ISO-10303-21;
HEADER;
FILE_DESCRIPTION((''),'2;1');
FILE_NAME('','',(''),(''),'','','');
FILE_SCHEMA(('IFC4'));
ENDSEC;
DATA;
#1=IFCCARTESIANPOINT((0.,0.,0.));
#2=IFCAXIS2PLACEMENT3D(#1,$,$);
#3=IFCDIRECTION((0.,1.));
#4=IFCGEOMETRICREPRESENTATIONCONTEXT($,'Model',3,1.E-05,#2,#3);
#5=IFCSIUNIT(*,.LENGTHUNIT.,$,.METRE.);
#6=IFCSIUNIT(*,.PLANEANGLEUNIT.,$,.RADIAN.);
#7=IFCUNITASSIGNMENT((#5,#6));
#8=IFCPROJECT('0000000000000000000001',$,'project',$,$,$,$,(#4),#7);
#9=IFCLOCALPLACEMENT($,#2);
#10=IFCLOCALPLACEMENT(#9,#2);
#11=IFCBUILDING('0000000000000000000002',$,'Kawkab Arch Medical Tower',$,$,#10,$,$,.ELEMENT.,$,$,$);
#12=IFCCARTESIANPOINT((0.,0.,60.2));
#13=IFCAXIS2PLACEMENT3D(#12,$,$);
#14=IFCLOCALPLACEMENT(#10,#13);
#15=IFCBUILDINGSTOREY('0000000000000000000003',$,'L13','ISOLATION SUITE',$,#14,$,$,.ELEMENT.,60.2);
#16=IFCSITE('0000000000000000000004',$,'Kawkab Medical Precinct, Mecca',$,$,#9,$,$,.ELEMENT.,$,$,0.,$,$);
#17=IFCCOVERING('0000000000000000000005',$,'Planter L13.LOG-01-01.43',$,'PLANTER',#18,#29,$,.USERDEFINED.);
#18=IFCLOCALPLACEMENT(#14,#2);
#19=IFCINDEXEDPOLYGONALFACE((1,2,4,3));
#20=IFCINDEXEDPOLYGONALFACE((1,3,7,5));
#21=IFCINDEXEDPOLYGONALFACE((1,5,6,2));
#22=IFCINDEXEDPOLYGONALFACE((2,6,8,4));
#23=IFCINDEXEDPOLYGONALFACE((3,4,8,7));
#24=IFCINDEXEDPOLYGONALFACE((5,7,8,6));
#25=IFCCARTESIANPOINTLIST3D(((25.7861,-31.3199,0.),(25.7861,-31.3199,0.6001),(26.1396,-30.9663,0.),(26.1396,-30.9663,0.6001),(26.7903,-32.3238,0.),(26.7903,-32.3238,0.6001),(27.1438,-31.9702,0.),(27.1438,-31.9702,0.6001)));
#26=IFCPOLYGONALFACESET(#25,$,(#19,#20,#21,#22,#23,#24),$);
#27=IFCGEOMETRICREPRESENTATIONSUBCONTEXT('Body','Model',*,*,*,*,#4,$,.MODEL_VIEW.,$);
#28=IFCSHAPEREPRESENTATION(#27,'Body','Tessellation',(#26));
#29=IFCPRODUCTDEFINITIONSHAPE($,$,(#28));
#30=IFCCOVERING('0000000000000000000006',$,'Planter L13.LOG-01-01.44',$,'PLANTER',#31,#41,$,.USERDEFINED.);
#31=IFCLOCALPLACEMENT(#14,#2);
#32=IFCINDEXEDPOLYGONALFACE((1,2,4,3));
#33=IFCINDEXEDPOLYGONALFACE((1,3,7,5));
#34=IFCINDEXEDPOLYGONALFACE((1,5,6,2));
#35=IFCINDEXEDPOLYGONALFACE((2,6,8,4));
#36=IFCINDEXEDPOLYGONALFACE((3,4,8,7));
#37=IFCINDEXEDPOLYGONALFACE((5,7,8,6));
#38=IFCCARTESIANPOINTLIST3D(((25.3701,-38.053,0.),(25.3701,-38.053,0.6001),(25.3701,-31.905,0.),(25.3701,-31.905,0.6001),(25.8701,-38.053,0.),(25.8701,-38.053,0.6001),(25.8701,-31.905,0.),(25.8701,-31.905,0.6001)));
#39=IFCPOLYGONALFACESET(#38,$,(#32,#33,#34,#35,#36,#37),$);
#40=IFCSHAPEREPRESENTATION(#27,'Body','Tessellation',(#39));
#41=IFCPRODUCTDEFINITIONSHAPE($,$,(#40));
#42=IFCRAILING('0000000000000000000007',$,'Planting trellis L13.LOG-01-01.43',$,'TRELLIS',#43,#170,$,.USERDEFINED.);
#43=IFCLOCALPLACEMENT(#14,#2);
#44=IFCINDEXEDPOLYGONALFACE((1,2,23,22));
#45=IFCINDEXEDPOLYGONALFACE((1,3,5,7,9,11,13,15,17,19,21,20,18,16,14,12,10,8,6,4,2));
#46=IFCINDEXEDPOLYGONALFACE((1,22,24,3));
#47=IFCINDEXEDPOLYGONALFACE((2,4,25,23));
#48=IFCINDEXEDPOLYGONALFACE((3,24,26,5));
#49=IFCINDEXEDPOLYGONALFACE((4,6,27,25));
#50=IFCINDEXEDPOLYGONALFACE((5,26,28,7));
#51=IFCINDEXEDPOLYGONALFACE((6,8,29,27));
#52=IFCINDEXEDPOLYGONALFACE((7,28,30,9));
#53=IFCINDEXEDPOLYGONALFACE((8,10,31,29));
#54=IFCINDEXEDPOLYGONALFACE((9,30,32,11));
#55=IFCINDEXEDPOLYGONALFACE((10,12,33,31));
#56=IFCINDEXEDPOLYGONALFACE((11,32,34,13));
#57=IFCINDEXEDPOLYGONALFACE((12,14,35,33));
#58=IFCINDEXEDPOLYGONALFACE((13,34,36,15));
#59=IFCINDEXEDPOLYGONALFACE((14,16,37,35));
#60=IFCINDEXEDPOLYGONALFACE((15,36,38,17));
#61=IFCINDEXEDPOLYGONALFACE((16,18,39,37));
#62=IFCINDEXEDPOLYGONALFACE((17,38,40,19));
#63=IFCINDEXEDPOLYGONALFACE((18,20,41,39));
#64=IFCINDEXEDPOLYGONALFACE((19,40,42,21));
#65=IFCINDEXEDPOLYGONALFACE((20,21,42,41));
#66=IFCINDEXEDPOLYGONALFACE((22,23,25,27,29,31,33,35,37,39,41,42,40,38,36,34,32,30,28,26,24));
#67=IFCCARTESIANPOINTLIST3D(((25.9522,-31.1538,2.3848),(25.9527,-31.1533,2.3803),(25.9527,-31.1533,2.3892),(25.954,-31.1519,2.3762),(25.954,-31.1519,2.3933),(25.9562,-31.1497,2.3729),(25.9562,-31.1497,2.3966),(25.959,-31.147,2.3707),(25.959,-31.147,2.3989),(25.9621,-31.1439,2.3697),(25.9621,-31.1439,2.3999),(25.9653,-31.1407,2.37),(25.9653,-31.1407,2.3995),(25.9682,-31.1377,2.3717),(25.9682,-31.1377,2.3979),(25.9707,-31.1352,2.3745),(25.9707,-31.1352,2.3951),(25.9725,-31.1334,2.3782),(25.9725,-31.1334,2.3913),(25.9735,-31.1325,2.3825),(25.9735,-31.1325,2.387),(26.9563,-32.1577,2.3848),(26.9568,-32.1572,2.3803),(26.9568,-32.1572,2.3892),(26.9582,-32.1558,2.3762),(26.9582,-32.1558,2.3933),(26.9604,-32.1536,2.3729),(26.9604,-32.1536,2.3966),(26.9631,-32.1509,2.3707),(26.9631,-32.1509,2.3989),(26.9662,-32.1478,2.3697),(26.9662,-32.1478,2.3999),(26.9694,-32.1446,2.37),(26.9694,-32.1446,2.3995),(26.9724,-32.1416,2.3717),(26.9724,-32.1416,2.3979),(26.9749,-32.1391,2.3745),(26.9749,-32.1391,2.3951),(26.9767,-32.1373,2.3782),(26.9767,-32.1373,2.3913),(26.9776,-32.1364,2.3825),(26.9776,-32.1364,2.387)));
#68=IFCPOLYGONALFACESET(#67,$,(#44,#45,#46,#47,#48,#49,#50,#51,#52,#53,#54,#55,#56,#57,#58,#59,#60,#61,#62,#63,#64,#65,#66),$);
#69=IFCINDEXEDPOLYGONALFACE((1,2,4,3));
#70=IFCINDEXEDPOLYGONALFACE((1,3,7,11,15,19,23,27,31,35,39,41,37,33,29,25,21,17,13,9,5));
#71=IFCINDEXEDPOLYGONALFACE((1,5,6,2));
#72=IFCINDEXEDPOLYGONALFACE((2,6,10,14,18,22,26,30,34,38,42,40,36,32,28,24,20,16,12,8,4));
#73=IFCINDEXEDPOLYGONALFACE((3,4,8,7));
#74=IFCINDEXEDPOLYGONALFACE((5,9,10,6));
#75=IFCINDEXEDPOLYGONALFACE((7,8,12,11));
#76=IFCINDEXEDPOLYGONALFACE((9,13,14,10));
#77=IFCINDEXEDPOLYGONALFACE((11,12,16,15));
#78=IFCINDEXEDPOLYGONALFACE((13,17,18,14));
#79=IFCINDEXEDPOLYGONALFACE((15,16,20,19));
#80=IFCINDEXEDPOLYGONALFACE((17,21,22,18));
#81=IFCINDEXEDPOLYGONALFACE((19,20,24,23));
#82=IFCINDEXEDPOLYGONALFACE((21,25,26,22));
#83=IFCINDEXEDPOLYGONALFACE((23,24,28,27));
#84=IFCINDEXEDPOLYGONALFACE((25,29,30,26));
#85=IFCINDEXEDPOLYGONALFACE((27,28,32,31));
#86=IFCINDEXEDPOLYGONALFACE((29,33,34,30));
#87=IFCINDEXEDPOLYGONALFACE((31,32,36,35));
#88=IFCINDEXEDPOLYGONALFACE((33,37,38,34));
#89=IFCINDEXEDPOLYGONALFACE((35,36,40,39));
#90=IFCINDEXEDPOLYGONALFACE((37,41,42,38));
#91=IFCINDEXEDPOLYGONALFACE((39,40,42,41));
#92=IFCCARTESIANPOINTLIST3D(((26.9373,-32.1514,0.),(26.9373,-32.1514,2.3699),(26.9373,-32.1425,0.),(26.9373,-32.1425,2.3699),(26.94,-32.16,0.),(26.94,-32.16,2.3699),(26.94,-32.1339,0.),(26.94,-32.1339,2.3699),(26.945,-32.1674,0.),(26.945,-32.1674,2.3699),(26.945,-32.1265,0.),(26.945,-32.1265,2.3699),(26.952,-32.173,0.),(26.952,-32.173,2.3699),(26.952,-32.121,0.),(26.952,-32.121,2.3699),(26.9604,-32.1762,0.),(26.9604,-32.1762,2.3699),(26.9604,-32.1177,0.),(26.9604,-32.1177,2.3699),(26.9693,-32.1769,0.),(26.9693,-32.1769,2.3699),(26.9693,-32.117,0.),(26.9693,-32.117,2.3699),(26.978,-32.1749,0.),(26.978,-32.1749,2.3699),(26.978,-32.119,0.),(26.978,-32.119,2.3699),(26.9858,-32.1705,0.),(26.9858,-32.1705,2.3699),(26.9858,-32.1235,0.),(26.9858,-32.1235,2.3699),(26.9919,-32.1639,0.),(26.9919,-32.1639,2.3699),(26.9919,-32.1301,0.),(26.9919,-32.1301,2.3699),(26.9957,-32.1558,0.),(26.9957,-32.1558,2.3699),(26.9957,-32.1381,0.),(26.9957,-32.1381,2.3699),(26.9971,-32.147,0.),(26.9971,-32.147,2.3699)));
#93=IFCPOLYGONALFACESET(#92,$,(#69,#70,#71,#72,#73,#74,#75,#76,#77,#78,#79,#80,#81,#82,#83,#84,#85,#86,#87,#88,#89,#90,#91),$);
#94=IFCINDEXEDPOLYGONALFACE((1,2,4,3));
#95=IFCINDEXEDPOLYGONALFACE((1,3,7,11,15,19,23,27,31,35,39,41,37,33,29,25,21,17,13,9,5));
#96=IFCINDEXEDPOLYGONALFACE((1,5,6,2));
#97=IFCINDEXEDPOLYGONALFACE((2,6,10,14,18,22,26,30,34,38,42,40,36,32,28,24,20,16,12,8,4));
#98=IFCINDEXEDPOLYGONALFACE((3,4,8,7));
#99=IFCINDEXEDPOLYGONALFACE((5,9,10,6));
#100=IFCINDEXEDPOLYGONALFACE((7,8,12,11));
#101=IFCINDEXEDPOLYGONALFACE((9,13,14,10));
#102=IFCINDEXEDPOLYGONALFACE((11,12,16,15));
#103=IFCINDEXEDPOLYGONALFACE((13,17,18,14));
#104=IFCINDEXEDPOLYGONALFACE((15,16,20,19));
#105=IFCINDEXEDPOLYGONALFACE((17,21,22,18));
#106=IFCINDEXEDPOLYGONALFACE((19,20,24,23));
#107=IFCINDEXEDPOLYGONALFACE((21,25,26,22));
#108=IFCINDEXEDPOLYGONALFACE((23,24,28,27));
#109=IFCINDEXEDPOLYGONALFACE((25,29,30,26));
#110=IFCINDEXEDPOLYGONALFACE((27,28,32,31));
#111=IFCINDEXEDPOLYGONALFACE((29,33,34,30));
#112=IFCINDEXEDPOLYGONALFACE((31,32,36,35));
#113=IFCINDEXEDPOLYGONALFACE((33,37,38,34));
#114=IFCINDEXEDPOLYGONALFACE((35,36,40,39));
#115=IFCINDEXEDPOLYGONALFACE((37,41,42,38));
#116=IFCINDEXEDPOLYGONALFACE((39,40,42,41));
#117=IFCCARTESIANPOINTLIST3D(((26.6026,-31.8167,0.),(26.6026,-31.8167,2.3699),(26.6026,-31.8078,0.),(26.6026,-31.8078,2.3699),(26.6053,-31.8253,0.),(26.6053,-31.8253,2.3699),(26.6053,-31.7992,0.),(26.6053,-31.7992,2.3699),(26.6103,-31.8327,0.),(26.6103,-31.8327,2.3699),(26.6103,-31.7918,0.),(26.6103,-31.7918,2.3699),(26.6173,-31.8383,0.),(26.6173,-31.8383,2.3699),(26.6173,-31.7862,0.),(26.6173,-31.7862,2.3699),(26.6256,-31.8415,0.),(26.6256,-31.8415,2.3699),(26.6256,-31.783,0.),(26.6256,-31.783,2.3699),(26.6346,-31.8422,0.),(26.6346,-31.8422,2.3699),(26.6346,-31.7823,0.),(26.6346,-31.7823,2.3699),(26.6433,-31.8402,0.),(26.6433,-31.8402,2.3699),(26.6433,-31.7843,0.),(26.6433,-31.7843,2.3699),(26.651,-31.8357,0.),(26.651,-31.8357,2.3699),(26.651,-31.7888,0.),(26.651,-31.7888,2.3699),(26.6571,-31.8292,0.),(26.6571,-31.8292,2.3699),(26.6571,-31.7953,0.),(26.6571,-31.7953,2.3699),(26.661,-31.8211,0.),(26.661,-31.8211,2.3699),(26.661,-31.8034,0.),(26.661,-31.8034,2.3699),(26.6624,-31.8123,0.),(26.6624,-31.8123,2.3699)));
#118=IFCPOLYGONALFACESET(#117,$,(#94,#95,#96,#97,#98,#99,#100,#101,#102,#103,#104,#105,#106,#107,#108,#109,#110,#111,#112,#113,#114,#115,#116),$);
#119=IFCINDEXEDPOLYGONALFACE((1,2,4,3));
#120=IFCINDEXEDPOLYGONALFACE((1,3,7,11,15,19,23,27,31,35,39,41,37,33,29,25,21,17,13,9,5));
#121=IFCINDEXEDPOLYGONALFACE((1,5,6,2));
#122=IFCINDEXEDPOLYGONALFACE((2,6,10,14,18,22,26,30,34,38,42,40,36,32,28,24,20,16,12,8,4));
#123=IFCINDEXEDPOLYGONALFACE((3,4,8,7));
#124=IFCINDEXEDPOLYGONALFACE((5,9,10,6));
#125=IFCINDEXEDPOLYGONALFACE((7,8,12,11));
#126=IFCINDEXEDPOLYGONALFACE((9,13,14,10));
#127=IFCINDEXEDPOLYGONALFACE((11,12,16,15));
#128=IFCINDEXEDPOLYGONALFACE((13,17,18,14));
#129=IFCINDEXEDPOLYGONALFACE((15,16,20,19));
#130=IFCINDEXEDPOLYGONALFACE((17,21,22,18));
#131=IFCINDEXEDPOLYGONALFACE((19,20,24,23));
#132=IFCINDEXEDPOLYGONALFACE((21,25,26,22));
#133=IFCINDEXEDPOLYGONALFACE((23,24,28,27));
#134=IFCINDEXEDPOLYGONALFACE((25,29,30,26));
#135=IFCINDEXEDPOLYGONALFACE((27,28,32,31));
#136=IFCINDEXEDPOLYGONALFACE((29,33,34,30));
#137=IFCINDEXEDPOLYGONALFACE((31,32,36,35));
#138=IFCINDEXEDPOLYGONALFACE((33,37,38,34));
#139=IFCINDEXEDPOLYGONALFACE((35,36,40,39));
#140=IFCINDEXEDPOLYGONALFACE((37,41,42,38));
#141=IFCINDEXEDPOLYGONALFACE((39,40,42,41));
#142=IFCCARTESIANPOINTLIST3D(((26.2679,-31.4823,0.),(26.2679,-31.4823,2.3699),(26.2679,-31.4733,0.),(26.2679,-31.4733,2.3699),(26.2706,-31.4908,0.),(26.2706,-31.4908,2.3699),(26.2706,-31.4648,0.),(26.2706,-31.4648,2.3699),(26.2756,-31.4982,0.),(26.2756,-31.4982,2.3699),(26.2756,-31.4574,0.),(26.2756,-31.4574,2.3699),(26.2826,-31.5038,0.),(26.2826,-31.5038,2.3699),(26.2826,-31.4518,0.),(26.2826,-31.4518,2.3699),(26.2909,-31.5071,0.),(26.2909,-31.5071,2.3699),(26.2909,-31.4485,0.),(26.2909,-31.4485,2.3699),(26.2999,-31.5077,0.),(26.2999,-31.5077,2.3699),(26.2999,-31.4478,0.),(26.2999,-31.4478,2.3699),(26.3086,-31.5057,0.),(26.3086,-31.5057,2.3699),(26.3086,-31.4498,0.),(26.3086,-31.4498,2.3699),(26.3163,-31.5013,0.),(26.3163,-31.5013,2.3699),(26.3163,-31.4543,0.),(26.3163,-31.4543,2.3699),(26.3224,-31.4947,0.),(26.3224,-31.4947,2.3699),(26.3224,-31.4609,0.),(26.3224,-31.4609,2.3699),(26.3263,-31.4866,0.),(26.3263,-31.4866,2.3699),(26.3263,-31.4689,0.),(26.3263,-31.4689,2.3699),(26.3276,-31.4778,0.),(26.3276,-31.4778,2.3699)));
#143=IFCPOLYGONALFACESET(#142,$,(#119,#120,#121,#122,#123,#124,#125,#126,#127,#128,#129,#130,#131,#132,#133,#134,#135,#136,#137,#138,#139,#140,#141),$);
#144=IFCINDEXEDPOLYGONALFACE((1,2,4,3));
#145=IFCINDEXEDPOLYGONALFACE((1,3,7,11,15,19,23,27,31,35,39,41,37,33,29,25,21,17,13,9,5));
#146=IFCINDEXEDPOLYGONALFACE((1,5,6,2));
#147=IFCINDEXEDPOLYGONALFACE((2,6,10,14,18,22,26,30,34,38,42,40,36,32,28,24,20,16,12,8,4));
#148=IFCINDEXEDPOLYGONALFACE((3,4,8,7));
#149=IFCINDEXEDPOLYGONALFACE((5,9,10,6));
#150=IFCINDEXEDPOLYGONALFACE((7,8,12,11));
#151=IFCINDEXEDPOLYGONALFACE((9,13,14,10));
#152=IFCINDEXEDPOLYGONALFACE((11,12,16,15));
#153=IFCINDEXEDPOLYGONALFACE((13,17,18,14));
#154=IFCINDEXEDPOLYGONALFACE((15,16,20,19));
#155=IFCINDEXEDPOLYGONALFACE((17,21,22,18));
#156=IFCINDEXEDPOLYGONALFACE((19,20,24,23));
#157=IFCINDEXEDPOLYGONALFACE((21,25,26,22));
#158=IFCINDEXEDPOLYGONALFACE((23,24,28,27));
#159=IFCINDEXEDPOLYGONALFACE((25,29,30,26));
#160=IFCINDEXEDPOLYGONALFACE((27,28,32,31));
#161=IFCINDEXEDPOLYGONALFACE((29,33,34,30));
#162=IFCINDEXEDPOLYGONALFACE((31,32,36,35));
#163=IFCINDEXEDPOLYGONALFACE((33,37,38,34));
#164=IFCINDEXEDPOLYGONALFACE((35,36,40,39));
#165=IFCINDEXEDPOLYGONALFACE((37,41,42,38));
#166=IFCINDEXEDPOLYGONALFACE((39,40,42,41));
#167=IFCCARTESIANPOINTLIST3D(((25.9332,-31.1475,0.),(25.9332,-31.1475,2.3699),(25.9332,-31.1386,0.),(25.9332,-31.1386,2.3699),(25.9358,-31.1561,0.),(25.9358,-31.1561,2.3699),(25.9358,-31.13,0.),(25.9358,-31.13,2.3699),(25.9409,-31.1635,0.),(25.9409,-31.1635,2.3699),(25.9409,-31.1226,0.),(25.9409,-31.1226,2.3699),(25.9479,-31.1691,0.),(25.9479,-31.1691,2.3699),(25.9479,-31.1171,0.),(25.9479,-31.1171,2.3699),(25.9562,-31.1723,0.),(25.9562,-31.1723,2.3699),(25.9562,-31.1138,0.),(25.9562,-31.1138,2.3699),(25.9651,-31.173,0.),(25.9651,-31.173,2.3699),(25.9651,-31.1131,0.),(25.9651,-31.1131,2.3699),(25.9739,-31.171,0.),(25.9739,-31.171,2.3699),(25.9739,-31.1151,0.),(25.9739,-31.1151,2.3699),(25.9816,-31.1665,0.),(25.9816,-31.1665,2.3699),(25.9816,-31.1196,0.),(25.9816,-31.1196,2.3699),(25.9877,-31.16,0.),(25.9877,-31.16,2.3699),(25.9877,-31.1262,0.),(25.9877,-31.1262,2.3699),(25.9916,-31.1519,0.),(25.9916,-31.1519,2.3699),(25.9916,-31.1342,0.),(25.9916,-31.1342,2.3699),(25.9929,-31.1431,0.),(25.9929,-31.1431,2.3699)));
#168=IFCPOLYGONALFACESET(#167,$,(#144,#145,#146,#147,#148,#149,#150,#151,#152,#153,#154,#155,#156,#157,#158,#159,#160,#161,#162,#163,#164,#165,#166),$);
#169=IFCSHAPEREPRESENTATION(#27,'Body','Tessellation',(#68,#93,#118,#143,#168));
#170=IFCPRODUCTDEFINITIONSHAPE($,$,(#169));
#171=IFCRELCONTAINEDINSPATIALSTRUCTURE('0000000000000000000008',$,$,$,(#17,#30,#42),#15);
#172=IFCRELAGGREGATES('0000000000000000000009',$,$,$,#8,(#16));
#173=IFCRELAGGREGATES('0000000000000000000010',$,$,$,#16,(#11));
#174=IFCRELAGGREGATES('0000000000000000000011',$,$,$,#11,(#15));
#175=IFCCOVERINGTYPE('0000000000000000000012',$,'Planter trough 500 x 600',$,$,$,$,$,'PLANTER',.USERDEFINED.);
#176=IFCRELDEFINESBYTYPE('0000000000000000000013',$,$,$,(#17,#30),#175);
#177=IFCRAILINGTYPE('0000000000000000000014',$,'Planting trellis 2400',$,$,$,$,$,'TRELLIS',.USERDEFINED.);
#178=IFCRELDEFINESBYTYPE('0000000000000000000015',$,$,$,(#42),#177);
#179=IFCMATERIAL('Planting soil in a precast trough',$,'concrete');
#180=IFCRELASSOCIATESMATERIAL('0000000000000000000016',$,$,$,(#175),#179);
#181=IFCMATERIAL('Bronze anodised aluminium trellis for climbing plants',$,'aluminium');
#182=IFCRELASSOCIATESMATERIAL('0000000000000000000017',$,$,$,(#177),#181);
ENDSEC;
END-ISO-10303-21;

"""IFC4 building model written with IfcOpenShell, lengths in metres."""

from ifc_helpers import new_model, si_unit, direction, frame, origin, origin_2d, place, context, subcontext, project, spatial, rectangle, circle, extrude, material, material_profile, profile_set, type_object, element, save


model = new_model("IFC4")

# Units and contexts
model_context = context("Model", 3, precision=1e-05, world=origin(), true_north=direction((0.0, 1.0)))
body_context = subcontext(model_context, "Body", "Model", "MODEL_VIEW")
ifc_project = project(units=[si_unit("LENGTHUNIT", "METRE"), si_unit("PLANEANGLEUNIT", "RADIAN")], contexts=[model_context])

# Site, building, storey
site_placement = place(None, origin())
site = spatial("IfcSite", under=ifc_project, at=site_placement, Name="Kawkab Medical Precinct, Mecca", CompositionType="ELEMENT", RefElevation=0.0)
building_placement = place(site_placement, origin())
building = spatial("IfcBuilding", under=site, at=building_placement, Name="Kawkab Arch Medical Tower", CompositionType="ELEMENT")
storey_placement = place(building_placement, frame((0.0, 0.0, 60.2)))
storey = spatial("IfcBuildingStorey", under=building, at=storey_placement, Name="L13", Description="ISOLATION SUITE", CompositionType="ELEMENT", Elevation=60.2)

# Coverings
ifc_material_1 = material(Name="Planting soil in a precast trough", Category="concrete")
ifc_material_profile_1 = material_profile(ifc_material_1, rectangle(XDim=0.5, YDim=0.6001, at=origin_2d()), Name="Trough 500x600")
ifc_profile_set_1 = profile_set([ifc_material_profile_1], Name="Planting soil in a precast trough")
covering_type = type_object("IfcCoveringType", Name="Planter trough 500 x 600", ElementType="PLANTER", PredefinedType="USERDEFINED", material=ifc_profile_set_1)
covering_1_placement = place(storey_placement, frame((26.967, -32.147, 0.3), z_axis=(-0.707193, 0.707021, 0.0), x_axis=(-0.707021, -0.707193, 0.0)))
element("IfcCovering", 1, at=covering_1_placement, inside=storey, type_object=covering_type, Name="Planter L13.LOG-01-01.43", ObjectType="PLANTER", PredefinedType="USERDEFINED", context=body_context, shape_type="SweptSolid", body=[
    extrude(rectangle(XDim=0.5, YDim=0.6001, at=origin_2d()), origin(), (0.0, 0.0, 1.0), 1.4199),
])
covering_2_placement = place(storey_placement, frame((25.6201, -31.905, 0.3), z_axis=(0.0, -1.0, 0.0), x_axis=(1.0, 0.0, 0.0)))
element("IfcCovering", 2, at=covering_2_placement, inside=storey, type_object=covering_type, Name="Planter L13.LOG-01-01.44", ObjectType="PLANTER", PredefinedType="USERDEFINED", context=body_context, shape_type="SweptSolid", body=[
    extrude(rectangle(XDim=0.5, YDim=0.6001, at=origin_2d()), origin(), (0.0, 0.0, 1.0), 6.1479),
])

# Railing
ifc_material_2 = material(Name="Bronze anodised aluminium trellis for climbing plants", Category="aluminium")
railing_type = type_object("IfcRailingType", Name="Planting trellis 2400", ElementType="TRELLIS", PredefinedType="USERDEFINED", material=ifc_material_2)
railing_placement = place(storey_placement, frame((26.967, -32.147, 0.0)))
element("IfcRailing", 3, at=railing_placement, inside=storey, type_object=railing_type, Name="Planting trellis L13.LOG-01-01.43", ObjectType="TRELLIS", PredefinedType="USERDEFINED", context=body_context, shape_type="SweptSolid", body=[
    extrude(circle(Radius=0.0151, at=origin_2d()), frame((0.0, 0.0, 2.3848), z_axis=(-0.707193, 0.707021, 0.0), x_axis=(-0.707021, -0.707193, 0.0)), (0.0, 0.0, 1.0), 1.4199),
    extrude(circle(Radius=0.03, at=origin_2d()), origin(), (0.0, 0.0, 1.0), 2.3699),
    extrude(circle(Radius=0.03, at=origin_2d()), frame((-0.3347, 0.3347, 0.0)), (0.0, 0.0, 1.0), 2.3699),
    extrude(circle(Radius=0.03, at=origin_2d()), frame((-0.6694, 0.6692, 0.0)), (0.0, 0.0, 1.0), 2.3699),
    extrude(circle(Radius=0.03, at=origin_2d()), frame((-1.0042, 1.0039, 0.0)), (0.0, 0.0, 1.0), 2.3699),
])

save(model, "model.ifc")
